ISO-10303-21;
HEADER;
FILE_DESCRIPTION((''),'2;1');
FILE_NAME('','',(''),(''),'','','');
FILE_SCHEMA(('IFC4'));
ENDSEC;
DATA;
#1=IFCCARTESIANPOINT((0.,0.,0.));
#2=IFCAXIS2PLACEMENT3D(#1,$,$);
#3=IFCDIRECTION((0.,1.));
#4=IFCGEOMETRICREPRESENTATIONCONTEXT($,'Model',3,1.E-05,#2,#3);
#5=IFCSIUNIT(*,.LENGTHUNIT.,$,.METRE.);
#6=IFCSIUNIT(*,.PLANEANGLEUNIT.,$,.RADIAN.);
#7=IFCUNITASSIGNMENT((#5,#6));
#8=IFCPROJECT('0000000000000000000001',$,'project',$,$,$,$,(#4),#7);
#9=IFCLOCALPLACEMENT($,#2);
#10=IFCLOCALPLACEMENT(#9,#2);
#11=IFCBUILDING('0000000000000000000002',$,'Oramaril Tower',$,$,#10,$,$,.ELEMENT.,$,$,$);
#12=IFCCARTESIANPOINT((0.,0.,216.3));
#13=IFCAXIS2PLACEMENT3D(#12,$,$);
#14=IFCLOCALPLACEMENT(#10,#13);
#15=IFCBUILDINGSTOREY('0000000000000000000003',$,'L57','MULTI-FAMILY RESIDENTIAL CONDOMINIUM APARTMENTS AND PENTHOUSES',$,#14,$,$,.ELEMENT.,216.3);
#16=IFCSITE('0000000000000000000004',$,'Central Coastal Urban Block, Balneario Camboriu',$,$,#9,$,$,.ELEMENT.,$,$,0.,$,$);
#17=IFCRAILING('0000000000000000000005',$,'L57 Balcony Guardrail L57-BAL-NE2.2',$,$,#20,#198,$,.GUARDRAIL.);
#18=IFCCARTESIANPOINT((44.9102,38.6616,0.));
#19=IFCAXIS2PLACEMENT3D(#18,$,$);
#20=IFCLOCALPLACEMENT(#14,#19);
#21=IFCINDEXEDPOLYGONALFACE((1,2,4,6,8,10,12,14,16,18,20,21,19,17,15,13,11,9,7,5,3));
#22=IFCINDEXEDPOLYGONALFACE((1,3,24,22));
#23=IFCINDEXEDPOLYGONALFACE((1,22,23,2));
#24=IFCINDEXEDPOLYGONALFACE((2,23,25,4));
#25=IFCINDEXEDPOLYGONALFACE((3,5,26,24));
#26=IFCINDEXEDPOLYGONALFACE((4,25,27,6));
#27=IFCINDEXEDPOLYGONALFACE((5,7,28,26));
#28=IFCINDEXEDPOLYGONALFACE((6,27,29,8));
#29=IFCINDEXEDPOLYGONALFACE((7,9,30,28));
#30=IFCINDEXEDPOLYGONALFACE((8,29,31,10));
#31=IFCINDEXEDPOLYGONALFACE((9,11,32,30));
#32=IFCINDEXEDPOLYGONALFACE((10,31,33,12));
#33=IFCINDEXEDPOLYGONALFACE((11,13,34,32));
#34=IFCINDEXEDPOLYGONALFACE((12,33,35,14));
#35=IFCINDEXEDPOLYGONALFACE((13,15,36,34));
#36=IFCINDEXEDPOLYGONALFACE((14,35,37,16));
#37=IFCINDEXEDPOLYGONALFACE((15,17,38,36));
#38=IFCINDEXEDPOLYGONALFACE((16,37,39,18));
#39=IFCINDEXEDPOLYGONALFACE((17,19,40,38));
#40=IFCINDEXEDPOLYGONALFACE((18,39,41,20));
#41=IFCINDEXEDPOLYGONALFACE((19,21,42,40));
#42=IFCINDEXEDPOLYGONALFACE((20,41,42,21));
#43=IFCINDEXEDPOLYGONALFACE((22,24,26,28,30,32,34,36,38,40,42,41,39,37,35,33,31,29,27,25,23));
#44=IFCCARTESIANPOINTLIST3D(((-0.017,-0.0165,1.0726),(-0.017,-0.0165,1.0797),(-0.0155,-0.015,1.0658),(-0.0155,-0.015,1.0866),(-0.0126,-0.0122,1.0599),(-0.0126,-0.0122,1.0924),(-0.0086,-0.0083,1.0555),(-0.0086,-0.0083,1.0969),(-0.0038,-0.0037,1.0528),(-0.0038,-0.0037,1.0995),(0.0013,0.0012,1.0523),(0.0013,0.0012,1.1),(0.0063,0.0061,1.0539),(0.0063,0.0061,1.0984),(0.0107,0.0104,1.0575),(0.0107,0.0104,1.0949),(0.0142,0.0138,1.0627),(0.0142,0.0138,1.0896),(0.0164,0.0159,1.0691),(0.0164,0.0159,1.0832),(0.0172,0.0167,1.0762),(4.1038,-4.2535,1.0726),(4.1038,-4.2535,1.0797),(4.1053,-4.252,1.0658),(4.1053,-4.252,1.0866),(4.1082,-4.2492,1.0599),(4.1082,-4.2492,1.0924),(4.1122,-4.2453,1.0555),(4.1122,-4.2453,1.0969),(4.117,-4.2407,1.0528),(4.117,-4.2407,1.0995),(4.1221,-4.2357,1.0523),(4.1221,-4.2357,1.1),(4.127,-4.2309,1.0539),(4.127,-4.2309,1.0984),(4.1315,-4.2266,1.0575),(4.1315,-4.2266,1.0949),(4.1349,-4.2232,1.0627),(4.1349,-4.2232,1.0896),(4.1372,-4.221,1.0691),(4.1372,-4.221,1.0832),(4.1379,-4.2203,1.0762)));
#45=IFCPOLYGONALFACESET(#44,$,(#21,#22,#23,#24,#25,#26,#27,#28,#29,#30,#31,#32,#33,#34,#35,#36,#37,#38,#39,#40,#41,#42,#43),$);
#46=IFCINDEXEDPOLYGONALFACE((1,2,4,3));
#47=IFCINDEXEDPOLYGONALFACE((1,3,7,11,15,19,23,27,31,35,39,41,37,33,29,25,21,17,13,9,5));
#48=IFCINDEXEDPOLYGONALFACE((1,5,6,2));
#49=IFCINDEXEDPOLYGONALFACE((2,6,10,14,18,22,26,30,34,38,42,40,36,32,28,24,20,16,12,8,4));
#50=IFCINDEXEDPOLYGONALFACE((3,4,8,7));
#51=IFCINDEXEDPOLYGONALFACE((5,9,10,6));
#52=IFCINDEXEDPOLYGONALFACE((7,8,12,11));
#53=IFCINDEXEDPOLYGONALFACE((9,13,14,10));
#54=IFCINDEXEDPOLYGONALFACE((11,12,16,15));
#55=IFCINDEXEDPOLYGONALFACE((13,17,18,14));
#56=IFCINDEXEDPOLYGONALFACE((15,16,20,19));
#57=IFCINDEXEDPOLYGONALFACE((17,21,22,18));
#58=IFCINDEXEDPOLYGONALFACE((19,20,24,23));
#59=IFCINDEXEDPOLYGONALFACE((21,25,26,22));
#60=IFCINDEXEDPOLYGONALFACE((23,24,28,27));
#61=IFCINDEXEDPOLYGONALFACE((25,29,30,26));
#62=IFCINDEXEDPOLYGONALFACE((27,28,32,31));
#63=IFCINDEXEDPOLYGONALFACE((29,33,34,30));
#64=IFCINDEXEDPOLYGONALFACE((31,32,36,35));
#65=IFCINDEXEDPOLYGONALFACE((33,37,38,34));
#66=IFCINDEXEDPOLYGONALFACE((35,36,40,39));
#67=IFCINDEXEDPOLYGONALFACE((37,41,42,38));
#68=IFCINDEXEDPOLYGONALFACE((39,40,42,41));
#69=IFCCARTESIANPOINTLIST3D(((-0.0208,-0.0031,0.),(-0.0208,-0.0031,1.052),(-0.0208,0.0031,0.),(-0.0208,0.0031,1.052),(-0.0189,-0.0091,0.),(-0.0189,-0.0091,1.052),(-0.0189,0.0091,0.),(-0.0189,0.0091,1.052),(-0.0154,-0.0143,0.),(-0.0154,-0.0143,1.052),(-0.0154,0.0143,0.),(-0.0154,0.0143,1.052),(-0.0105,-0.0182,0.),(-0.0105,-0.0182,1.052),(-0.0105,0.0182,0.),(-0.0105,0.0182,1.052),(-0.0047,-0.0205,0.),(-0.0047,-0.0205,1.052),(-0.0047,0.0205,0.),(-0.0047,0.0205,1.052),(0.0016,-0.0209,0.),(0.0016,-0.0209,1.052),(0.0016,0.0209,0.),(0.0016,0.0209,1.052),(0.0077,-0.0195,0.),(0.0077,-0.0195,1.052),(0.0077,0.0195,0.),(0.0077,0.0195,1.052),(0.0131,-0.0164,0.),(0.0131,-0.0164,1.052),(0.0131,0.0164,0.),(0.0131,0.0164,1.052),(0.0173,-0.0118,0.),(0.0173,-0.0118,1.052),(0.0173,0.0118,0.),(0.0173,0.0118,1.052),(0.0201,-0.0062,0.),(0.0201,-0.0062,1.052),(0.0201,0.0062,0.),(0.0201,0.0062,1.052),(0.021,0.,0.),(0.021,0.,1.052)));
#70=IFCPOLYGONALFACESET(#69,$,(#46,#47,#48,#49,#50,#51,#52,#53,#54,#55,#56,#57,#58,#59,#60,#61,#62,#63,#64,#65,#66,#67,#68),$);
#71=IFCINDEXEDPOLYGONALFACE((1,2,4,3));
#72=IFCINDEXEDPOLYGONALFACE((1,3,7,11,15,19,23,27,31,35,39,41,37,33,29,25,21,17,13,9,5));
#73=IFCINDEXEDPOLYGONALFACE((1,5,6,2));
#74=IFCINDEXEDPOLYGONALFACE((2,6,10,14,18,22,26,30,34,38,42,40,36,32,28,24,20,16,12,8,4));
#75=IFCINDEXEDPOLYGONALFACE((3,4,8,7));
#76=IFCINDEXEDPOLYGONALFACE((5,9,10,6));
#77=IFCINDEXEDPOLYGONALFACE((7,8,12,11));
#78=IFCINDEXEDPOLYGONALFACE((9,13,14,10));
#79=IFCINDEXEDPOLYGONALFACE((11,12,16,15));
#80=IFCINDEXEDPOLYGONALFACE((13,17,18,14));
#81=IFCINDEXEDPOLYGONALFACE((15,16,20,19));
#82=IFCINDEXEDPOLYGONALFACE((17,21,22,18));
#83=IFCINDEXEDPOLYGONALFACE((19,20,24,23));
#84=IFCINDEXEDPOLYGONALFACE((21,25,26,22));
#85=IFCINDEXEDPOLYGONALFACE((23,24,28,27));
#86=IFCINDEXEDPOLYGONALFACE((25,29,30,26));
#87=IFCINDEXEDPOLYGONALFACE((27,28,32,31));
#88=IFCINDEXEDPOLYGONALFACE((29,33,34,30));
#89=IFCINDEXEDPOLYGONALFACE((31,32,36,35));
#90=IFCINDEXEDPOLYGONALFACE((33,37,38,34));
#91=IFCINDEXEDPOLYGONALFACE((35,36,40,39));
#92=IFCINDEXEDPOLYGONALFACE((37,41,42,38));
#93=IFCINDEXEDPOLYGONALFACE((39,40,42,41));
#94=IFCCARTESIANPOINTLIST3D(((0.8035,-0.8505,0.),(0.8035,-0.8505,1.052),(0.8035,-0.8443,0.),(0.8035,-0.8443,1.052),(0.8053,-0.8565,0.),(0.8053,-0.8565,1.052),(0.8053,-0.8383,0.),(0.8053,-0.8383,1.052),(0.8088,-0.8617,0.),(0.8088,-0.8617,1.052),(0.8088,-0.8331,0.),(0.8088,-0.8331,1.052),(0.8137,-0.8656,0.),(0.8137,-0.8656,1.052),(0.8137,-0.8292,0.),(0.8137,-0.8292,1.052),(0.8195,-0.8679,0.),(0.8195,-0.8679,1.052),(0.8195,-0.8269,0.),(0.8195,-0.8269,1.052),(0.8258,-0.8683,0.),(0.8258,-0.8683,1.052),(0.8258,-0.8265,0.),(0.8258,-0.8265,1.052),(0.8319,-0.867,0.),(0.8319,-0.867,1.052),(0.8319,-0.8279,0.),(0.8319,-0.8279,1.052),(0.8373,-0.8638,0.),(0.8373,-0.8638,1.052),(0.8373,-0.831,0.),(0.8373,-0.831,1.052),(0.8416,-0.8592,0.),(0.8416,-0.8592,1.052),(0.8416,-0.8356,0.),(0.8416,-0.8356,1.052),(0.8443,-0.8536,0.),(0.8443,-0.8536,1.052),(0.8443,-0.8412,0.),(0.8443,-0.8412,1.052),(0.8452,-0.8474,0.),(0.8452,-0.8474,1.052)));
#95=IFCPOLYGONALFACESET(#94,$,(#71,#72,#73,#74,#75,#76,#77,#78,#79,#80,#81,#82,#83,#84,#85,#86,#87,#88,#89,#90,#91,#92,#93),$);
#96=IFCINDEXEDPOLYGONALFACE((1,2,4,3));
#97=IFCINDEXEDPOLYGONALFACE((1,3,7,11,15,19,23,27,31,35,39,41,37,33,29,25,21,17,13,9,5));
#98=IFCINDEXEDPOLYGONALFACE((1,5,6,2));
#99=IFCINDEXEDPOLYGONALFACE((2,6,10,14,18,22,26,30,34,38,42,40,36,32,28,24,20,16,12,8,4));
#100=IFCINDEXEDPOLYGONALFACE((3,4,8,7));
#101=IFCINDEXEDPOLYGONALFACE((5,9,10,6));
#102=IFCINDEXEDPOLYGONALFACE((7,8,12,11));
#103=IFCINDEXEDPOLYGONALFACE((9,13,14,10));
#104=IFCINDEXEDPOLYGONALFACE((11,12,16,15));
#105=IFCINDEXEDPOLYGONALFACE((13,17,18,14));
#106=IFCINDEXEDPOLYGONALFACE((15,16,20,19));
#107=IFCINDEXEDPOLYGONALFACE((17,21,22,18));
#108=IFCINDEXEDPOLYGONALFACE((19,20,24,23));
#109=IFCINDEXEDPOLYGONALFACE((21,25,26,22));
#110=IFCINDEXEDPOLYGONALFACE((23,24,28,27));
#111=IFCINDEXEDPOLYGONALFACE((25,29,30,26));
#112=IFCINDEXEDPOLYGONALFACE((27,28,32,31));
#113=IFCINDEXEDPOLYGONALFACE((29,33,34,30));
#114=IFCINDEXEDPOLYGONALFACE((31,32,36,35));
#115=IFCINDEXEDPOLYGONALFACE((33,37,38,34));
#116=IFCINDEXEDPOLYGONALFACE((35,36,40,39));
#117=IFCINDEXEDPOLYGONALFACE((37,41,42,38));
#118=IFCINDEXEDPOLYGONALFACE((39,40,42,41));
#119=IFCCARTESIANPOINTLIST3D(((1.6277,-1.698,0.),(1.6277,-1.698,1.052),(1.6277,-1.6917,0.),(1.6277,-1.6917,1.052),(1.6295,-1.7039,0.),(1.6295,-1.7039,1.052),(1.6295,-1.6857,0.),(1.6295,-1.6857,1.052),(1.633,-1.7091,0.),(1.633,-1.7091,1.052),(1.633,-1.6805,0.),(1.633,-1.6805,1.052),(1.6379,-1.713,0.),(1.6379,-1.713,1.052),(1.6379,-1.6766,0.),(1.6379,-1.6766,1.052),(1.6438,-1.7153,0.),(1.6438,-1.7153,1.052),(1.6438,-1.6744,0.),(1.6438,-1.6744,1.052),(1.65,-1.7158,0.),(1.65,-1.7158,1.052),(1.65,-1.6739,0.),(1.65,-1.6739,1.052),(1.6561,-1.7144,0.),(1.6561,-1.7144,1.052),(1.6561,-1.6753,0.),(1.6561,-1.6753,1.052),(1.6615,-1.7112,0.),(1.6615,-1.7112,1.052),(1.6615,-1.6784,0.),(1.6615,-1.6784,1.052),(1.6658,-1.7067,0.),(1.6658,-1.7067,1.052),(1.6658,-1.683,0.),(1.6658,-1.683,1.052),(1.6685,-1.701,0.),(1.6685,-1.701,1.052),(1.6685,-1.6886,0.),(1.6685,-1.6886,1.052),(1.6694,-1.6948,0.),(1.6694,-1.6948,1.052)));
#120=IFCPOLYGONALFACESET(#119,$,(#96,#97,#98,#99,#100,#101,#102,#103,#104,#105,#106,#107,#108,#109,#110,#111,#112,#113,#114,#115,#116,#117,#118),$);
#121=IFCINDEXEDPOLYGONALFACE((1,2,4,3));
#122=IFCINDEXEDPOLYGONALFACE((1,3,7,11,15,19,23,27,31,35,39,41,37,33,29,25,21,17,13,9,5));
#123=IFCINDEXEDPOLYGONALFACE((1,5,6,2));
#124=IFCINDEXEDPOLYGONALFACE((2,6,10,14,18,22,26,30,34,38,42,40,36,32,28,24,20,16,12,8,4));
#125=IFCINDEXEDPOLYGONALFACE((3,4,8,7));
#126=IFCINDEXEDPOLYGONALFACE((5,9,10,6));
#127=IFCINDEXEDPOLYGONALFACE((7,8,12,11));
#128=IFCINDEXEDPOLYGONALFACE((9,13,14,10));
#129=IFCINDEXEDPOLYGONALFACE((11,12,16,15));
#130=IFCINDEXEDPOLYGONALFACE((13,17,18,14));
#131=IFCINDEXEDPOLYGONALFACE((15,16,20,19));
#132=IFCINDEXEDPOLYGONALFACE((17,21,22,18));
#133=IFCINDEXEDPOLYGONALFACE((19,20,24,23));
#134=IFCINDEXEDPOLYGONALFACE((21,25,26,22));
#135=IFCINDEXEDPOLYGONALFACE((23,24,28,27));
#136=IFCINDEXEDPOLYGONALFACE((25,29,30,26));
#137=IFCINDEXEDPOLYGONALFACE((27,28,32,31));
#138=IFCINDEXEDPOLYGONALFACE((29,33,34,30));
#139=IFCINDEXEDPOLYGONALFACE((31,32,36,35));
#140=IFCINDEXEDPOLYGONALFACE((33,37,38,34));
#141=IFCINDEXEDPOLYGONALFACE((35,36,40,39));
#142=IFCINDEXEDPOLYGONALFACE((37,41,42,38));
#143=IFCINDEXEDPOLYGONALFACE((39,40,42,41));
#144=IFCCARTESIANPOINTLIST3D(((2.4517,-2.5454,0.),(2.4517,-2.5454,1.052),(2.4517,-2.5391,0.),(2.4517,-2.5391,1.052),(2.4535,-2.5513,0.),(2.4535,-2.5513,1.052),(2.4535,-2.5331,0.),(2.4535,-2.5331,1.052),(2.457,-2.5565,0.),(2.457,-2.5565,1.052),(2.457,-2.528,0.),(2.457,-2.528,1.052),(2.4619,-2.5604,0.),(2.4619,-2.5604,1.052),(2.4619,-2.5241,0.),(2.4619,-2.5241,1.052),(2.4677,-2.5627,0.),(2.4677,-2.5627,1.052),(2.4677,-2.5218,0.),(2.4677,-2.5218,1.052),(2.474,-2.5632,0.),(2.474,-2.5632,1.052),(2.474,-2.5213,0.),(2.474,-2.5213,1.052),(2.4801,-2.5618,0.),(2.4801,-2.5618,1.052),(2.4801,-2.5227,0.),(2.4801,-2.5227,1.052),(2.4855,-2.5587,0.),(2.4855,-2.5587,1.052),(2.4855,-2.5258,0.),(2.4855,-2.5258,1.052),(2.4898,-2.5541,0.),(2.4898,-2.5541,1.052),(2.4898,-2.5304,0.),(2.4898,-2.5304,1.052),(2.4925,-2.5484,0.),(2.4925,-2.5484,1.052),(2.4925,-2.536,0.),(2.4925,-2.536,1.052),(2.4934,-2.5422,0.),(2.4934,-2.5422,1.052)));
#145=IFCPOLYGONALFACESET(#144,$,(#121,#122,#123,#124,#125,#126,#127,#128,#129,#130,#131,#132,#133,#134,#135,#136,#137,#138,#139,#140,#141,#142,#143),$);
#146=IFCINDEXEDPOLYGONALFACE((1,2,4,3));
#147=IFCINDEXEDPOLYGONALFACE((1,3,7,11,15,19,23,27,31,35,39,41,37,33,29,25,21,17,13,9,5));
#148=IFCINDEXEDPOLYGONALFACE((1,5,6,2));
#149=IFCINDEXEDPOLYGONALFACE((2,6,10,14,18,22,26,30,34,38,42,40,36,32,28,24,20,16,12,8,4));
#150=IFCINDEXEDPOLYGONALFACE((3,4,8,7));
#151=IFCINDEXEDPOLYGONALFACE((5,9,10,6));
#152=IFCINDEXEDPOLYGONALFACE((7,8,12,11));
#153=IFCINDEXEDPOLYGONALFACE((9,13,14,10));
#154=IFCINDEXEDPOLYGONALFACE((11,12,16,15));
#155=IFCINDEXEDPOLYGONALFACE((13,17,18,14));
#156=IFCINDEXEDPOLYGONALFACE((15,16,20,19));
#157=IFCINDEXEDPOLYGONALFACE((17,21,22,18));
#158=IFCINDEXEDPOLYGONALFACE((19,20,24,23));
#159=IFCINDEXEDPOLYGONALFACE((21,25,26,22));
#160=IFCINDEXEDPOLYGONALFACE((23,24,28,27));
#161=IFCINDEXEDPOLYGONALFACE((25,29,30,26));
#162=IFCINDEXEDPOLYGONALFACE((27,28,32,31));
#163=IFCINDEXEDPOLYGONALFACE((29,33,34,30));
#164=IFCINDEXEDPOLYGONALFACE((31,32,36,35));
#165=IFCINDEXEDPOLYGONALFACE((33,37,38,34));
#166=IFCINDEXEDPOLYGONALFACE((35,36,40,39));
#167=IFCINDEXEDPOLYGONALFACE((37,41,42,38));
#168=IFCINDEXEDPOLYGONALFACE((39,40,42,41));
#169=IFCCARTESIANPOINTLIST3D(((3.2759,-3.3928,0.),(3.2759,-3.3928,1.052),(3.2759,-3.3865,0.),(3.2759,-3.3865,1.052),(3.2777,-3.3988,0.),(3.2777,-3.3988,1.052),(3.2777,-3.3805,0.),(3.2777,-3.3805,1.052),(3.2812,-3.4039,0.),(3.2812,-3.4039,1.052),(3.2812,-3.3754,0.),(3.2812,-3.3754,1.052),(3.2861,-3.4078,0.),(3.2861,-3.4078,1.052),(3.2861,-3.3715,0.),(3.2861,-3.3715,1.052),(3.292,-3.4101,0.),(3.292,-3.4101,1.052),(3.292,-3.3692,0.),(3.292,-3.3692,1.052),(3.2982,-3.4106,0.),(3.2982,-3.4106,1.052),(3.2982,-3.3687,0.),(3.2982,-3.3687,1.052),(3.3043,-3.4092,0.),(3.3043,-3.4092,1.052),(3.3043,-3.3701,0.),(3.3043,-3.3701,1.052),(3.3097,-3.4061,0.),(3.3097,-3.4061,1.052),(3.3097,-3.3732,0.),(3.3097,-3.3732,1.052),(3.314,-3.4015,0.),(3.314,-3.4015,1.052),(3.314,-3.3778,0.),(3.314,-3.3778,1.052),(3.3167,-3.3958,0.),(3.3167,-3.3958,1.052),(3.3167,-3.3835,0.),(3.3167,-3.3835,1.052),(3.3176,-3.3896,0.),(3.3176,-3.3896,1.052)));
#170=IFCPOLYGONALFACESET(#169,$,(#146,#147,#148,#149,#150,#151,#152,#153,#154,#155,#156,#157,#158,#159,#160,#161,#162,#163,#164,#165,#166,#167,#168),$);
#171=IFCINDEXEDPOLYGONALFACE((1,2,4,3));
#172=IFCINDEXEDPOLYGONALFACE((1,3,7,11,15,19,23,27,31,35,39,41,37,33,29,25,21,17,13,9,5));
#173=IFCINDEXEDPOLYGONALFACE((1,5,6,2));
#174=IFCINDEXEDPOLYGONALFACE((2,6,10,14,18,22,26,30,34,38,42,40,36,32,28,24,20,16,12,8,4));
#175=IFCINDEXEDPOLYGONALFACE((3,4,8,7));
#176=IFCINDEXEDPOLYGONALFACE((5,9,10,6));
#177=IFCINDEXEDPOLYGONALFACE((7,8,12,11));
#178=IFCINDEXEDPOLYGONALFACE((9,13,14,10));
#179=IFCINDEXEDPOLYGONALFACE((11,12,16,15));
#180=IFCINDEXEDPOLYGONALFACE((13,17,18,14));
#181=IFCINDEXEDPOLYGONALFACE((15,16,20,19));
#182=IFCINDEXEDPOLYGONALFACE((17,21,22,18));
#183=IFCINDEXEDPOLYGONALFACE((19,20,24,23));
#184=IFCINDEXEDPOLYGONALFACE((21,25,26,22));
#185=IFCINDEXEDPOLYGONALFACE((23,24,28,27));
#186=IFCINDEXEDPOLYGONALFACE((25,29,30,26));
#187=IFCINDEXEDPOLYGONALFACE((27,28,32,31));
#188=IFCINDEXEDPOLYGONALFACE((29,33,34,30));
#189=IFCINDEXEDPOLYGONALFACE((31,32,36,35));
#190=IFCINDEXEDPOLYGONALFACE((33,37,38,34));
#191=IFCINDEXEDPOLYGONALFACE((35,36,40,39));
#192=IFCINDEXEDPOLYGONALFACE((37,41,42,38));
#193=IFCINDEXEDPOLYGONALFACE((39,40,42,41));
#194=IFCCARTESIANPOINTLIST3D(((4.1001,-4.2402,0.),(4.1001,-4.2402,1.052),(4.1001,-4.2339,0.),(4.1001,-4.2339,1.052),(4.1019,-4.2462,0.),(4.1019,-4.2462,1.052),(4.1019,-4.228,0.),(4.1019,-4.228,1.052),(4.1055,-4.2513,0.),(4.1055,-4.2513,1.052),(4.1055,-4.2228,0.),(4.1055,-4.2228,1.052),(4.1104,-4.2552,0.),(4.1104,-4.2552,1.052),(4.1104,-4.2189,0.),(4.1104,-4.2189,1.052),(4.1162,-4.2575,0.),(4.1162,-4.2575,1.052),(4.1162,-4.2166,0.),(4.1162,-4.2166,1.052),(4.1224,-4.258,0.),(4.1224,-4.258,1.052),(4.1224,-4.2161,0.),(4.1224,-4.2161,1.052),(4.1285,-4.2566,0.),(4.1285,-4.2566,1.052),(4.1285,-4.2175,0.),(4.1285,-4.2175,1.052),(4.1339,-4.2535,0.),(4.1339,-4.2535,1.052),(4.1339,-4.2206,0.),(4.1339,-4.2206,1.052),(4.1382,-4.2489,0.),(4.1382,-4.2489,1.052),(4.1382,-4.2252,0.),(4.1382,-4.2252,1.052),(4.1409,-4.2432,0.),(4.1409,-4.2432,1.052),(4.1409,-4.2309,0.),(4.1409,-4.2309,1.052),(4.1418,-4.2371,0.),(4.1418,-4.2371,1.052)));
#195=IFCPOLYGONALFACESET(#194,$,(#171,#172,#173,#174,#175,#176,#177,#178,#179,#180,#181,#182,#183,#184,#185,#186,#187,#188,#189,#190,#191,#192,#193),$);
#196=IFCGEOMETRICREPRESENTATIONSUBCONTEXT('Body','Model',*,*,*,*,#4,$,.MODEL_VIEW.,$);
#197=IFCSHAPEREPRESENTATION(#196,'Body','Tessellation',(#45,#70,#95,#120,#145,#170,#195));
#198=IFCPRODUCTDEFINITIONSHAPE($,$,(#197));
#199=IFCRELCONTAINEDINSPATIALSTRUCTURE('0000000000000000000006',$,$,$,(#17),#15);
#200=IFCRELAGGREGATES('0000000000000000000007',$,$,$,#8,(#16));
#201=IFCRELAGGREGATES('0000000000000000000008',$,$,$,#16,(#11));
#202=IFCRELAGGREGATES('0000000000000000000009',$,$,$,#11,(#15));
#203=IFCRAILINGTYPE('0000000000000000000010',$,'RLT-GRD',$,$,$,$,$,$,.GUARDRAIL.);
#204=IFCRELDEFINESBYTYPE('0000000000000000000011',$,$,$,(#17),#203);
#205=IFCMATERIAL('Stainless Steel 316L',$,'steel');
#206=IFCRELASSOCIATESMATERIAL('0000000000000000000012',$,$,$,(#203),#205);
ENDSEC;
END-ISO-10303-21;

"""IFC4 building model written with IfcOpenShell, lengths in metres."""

from ifc_helpers import new_model, si_unit, direction, frame, origin, origin_2d, place, context, subcontext, project, spatial, circle, extrude, material, type_object, element, save


model = new_model("IFC4")

# Units and contexts
model_context = context("Model", 3, precision=1e-05, world=origin(), true_north=direction((0.0, 1.0)))
body_context = subcontext(model_context, "Body", "Model", "MODEL_VIEW")
ifc_project = project(units=[si_unit("LENGTHUNIT", "METRE"), si_unit("PLANEANGLEUNIT", "RADIAN")], contexts=[model_context])

# Site, building, storey
site_placement = place(None, origin())
site = spatial("IfcSite", under=ifc_project, at=site_placement, Name="Central Coastal Urban Block, Balneario Camboriu", CompositionType="ELEMENT", RefElevation=0.0)
building_placement = place(site_placement, origin())
building = spatial("IfcBuilding", under=site, at=building_placement, Name="Oramaril Tower", CompositionType="ELEMENT")
storey_placement = place(building_placement, frame((0.0, 0.0, 216.3)))
storey = spatial("IfcBuildingStorey", under=building, at=storey_placement, Name="L57", Description="MULTI-FAMILY RESIDENTIAL CONDOMINIUM APARTMENTS AND PENTHOUSES", CompositionType="ELEMENT", Elevation=216.3)

# Railing
ifc_material_1 = material(Name="Stainless Steel 316L", Category="steel")
railing_type = type_object("IfcRailingType", Name="RLT-GRD", PredefinedType="GUARDRAIL", material=ifc_material_1)
railing_1_placement = place(storey_placement, frame((44.9102, 38.6616, 0.0)))
element("IfcRailing", 1, at=railing_1_placement, inside=storey, type_object=railing_type, Name="L57 Balcony Guardrail L57-BAL-NE2.2", PredefinedType="GUARDRAIL", context=body_context, shape_type="SweptSolid", body=[
    extrude(circle(Radius=0.0239, at=origin_2d()), frame((0.0, 0.0, 1.0762), z_axis=(0.697208, -0.716869, 0.0), x_axis=(0.716869, 0.697208, 0.0)), (0.0, 0.0, 1.0), 5.9104),
    extrude(circle(Radius=0.021, at=origin_2d()), origin(), (0.0, 0.0, 1.0), 1.052),
    extrude(circle(Radius=0.021, at=origin_2d()), frame((0.8242, -0.8474, 0.0)), (0.0, 0.0, 1.0), 1.052),
    extrude(circle(Radius=0.021, at=origin_2d()), frame((1.6484, -1.6948, 0.0)), (0.0, 0.0, 1.0), 1.052),
    extrude(circle(Radius=0.021, at=origin_2d()), frame((2.4724, -2.5422, 0.0)), (0.0, 0.0, 1.0), 1.052),
    extrude(circle(Radius=0.021, at=origin_2d()), frame((3.2966, -3.3896, 0.0)), (0.0, 0.0, 1.0), 1.052),
    extrude(circle(Radius=0.021, at=origin_2d()), frame((4.1208, -4.2371, 0.0)), (0.0, 0.0, 1.0), 1.052),
])

save(model, "model.ifc")
